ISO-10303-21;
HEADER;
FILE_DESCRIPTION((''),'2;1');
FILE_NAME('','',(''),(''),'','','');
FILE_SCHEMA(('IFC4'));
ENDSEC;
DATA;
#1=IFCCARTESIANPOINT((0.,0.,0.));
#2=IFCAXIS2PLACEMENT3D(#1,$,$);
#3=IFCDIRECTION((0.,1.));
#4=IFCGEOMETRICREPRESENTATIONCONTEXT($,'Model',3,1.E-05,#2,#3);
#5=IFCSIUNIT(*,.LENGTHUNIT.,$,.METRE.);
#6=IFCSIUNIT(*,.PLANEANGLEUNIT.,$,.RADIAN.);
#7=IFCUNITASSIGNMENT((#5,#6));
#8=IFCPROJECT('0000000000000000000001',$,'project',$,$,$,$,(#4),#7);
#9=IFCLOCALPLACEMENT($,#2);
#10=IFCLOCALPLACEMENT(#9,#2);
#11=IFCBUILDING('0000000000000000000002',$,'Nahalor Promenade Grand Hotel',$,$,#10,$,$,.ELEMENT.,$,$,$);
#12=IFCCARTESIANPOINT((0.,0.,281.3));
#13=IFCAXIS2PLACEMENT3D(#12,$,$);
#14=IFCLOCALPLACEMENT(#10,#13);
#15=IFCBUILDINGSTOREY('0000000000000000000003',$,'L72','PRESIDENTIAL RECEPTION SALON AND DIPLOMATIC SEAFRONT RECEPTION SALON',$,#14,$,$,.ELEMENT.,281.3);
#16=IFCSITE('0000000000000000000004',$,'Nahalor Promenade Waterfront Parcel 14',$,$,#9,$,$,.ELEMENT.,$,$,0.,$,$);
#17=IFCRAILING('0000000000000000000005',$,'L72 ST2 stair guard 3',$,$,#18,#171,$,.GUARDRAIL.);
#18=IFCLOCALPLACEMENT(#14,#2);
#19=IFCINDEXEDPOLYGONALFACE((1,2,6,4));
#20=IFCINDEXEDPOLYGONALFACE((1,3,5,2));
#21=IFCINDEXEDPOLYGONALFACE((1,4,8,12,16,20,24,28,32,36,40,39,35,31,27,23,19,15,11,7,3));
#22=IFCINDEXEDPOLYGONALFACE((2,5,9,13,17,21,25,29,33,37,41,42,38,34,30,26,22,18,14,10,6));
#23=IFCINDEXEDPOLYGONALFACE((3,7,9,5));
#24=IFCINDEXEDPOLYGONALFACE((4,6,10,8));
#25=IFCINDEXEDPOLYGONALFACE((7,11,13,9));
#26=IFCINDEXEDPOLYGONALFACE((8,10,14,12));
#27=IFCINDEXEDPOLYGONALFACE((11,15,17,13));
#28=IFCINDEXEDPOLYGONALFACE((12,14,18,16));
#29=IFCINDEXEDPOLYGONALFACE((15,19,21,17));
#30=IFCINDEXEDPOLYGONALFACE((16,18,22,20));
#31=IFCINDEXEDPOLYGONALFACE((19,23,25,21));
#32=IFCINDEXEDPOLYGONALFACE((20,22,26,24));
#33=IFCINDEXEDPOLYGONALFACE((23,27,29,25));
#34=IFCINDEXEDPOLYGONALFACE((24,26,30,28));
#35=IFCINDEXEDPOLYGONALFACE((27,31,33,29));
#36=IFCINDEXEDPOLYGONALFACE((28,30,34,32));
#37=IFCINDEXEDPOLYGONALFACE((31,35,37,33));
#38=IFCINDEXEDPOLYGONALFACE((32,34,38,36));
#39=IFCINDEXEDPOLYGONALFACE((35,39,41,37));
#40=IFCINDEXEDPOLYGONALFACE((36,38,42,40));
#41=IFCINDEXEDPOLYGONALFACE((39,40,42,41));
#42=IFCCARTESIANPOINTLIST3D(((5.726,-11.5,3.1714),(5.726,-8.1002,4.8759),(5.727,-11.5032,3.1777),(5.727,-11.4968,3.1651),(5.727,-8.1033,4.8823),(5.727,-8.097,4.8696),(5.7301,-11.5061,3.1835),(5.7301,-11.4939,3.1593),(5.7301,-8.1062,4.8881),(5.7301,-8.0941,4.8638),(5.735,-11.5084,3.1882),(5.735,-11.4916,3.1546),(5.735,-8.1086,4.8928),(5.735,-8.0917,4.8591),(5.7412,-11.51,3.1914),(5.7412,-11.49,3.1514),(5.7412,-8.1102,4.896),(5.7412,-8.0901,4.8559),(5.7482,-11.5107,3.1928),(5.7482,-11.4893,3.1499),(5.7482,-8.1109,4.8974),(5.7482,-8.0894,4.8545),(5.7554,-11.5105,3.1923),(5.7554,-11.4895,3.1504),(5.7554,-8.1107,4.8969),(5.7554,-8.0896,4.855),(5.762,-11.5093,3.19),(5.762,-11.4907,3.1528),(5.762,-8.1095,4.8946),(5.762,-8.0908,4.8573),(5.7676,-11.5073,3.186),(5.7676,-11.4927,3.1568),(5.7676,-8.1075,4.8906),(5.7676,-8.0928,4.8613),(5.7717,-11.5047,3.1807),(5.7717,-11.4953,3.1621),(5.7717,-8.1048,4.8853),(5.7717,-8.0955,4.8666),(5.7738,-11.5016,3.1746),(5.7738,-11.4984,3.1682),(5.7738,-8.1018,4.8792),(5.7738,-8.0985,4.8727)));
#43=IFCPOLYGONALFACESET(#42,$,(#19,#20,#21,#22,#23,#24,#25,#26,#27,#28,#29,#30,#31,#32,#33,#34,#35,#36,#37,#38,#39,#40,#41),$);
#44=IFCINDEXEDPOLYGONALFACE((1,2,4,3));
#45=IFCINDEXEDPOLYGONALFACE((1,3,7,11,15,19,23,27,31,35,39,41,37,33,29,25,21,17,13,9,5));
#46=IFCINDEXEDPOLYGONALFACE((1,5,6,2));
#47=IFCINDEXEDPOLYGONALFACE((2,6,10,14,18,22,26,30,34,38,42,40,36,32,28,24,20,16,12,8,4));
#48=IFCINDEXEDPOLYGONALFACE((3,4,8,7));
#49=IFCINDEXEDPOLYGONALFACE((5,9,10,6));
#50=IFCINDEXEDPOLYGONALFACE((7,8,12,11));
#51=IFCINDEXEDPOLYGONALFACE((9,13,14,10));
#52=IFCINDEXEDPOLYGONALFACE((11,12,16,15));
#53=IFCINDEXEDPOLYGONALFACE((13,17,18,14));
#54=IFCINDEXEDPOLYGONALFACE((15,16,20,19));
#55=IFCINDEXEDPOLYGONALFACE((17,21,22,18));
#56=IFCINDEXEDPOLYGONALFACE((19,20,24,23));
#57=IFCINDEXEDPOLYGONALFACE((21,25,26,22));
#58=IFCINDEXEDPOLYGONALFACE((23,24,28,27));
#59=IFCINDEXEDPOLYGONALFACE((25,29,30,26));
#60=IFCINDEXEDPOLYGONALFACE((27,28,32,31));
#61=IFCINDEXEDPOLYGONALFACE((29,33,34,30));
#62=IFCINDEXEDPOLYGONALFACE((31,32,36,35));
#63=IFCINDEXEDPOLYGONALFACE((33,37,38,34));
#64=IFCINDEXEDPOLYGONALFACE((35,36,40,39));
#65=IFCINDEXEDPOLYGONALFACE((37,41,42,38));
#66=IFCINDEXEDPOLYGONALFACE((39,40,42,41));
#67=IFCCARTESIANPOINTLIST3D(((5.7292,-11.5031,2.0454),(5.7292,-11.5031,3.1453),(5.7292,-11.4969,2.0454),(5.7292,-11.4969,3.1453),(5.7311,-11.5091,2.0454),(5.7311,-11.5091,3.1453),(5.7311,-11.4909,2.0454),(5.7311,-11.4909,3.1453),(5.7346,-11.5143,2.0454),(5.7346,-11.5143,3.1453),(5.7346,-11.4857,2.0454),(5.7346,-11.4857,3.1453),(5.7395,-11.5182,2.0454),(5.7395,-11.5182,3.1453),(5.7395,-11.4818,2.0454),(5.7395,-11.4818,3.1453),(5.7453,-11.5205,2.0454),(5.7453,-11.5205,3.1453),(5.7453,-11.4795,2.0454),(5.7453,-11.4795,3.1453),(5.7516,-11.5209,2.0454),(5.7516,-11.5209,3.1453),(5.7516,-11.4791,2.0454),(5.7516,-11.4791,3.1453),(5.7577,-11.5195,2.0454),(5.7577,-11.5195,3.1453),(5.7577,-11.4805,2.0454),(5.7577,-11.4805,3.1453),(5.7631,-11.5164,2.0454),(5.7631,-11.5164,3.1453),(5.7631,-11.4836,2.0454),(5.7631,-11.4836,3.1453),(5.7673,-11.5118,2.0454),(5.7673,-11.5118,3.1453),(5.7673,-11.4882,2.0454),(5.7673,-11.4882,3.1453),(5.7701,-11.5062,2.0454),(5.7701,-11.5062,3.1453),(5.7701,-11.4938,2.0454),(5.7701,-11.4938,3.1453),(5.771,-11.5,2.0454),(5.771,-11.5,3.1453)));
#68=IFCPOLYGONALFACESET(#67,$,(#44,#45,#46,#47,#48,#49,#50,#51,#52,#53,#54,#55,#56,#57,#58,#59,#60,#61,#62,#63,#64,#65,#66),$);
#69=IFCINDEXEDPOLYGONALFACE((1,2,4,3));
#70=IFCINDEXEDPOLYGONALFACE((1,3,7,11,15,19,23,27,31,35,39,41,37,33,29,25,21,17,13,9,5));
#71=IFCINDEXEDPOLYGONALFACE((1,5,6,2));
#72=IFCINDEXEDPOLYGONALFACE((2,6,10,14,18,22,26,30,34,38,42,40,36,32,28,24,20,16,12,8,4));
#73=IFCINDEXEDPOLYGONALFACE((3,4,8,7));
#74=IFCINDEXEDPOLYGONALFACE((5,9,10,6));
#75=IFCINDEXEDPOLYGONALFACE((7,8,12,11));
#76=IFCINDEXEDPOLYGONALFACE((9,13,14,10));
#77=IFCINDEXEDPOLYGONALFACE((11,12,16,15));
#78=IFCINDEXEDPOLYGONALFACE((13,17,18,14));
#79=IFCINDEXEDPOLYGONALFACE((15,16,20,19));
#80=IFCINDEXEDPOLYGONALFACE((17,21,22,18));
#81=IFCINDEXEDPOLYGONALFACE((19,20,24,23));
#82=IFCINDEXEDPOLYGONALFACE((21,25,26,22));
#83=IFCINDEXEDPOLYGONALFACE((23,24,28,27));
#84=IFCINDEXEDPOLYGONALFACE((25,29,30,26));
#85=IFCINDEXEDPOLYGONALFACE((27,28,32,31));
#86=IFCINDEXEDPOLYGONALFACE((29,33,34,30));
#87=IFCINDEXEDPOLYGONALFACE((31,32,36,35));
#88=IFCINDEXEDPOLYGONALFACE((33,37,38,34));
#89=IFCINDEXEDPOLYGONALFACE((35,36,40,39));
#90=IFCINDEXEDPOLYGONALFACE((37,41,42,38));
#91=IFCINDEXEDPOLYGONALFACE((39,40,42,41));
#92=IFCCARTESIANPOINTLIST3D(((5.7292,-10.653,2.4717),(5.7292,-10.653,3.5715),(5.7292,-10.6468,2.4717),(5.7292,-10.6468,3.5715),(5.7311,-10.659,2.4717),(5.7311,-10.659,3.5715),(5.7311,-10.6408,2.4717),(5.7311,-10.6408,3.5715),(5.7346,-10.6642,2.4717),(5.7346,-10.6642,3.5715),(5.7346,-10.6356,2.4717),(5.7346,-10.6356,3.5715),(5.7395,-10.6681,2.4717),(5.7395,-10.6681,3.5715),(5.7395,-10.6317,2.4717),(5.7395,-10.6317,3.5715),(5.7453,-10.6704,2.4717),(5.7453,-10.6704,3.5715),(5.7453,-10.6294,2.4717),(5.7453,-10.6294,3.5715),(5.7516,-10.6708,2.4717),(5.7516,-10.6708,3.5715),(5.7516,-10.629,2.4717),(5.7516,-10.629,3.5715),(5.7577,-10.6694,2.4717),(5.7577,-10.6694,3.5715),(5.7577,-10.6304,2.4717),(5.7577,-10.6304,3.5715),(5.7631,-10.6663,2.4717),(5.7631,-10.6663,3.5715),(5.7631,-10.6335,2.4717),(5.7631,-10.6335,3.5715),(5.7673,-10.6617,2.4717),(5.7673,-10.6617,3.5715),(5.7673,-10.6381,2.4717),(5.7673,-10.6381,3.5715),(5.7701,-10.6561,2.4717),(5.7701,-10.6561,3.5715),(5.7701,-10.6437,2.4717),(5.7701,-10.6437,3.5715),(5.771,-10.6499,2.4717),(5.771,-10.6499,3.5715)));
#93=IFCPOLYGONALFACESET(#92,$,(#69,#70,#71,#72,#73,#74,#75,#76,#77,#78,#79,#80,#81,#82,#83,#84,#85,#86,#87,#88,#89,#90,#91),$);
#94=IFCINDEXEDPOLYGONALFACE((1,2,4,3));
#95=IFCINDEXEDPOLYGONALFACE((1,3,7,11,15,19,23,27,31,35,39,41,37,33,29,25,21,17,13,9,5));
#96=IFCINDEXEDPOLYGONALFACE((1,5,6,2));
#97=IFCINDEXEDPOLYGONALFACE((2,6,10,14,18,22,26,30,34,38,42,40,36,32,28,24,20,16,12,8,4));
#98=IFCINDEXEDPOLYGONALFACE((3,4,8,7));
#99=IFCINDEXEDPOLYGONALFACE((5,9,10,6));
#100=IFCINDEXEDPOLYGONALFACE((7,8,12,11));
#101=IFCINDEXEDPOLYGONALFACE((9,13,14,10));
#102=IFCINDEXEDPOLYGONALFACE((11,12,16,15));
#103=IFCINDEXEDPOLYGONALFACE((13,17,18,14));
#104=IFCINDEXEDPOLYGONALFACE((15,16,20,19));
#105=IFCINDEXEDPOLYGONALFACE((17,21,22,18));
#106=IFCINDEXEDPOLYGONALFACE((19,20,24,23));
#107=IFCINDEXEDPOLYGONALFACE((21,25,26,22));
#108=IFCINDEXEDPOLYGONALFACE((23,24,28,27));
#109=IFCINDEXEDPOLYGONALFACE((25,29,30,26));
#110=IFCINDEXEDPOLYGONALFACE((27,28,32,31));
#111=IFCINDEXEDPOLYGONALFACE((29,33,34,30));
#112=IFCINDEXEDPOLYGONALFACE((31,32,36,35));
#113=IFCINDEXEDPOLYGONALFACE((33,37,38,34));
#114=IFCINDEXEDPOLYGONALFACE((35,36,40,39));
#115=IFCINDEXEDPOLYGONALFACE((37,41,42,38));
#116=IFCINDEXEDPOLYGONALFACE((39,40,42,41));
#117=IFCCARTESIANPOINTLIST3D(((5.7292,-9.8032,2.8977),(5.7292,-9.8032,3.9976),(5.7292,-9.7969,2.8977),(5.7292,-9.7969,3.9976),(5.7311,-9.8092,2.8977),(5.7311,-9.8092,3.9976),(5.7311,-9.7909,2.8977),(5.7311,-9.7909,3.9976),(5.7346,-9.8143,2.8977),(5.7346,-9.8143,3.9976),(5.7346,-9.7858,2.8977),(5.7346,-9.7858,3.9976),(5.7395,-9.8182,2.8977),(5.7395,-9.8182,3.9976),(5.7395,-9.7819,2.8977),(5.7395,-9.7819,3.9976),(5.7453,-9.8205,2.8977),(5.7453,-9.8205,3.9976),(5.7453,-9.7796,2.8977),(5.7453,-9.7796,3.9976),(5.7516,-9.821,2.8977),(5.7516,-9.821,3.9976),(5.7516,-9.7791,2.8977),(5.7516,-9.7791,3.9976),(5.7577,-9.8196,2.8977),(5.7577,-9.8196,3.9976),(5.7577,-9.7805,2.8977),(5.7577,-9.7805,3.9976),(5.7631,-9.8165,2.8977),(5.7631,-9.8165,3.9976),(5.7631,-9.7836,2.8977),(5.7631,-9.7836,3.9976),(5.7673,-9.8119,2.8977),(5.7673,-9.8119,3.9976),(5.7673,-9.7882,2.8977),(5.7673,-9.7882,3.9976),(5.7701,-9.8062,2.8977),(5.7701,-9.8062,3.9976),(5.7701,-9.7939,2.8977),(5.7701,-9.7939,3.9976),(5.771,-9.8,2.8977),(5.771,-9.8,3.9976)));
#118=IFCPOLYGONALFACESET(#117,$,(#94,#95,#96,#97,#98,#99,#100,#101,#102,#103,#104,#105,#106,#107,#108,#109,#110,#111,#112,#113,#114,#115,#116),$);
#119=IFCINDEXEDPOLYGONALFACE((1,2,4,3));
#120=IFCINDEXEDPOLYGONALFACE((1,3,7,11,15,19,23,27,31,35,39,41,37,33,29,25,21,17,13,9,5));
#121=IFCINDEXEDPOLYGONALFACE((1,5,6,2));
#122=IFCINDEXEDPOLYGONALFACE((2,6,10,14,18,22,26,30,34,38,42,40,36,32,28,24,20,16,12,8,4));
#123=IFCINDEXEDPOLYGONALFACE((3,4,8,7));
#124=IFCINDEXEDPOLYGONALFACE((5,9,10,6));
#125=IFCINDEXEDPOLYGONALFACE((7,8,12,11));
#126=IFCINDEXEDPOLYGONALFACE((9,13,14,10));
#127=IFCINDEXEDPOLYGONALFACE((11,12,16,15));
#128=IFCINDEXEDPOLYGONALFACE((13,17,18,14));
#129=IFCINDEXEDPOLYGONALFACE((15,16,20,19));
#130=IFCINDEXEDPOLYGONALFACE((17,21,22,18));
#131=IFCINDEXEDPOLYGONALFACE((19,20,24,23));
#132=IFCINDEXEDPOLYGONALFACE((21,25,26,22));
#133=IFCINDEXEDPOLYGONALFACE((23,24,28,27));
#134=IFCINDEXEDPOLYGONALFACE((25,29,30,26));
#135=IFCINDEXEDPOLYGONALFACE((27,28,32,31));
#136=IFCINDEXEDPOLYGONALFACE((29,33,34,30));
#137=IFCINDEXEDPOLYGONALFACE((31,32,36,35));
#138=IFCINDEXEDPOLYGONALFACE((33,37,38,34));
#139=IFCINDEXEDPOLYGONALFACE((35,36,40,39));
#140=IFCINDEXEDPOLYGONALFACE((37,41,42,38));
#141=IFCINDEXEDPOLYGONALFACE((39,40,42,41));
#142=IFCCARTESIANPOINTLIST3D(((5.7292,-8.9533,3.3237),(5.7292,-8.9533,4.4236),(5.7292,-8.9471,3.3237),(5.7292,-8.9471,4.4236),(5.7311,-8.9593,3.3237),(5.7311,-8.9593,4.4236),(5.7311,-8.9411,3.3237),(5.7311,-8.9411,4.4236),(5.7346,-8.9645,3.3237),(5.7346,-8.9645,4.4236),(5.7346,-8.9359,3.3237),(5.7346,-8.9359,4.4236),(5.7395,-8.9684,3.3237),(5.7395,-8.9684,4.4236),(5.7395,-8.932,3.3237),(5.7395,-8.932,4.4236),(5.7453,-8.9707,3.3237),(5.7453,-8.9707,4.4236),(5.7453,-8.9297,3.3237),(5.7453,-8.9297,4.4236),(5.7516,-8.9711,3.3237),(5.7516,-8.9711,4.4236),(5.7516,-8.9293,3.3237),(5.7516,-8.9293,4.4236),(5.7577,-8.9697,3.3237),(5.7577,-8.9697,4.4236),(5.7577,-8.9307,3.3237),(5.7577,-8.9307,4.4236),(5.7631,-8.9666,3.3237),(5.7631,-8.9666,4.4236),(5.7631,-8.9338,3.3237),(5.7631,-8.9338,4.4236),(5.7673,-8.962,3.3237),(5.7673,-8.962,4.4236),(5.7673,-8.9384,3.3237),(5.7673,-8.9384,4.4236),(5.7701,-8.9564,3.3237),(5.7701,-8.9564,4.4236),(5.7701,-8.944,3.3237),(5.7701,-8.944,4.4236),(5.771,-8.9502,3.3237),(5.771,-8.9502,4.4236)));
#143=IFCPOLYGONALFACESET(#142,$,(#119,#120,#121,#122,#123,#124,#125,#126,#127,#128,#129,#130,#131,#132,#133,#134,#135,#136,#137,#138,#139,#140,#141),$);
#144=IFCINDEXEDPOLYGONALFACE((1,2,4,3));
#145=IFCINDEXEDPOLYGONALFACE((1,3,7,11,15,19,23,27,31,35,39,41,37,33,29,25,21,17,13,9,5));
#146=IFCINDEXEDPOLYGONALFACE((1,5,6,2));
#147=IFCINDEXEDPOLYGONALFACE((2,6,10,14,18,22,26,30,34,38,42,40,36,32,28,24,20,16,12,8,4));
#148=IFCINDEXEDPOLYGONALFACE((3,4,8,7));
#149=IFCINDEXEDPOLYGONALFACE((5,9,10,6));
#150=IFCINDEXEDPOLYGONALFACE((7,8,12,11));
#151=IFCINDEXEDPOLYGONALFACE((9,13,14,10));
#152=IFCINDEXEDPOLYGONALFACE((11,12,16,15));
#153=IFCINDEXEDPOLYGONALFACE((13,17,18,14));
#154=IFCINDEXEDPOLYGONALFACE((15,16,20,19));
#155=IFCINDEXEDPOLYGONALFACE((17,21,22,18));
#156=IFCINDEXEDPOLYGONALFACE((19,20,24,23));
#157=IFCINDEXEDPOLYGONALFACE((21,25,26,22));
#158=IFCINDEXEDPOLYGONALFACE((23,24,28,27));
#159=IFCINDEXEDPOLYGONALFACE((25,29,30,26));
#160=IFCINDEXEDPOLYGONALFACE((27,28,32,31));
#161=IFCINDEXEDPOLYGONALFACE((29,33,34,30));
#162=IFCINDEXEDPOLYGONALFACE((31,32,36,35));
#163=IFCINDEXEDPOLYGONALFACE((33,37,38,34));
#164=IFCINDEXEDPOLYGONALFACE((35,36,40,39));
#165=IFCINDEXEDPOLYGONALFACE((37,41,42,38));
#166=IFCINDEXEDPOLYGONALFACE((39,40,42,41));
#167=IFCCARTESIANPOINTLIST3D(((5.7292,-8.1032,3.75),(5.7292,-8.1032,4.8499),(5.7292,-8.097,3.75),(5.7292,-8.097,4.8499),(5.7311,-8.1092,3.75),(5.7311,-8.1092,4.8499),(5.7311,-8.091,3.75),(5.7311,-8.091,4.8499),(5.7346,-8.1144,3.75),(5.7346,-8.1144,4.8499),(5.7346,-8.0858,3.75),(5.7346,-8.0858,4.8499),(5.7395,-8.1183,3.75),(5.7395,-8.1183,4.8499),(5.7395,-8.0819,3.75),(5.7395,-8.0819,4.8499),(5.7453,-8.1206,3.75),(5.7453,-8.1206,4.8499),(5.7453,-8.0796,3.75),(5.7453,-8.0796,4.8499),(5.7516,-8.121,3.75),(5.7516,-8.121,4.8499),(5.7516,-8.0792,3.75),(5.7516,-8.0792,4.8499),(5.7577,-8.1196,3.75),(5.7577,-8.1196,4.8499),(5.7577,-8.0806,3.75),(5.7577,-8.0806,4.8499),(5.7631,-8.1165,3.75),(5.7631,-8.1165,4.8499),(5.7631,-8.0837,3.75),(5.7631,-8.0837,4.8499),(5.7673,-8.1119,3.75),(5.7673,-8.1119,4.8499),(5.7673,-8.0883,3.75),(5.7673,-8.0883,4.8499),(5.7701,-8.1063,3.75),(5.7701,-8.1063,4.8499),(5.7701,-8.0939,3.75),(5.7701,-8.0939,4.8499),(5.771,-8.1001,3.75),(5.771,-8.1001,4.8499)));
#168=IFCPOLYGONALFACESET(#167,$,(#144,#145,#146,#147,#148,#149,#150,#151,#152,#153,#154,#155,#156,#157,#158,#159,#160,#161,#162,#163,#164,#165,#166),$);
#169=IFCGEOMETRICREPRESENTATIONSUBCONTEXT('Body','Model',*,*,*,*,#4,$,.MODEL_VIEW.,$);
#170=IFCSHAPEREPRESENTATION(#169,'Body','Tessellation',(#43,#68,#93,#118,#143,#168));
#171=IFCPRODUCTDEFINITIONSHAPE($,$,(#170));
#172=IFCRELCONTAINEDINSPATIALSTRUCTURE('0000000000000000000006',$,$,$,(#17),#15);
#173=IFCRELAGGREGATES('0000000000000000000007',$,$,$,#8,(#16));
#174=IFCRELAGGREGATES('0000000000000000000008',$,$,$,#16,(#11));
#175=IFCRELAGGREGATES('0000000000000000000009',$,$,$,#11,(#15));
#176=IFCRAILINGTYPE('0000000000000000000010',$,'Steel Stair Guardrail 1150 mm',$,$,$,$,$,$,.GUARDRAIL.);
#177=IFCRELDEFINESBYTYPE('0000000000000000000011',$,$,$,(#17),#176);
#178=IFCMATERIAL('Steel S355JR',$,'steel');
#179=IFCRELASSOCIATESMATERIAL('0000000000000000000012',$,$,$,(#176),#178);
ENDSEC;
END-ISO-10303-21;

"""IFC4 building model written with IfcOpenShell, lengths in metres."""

from ifc_helpers import new_model, si_unit, direction, frame, origin, origin_2d, place, context, subcontext, project, spatial, circle, extrude, material, type_object, element, save


model = new_model("IFC4")

# Units and contexts
model_context = context("Model", 3, precision=1e-05, world=origin(), true_north=direction((0.0, 1.0)))
body_context = subcontext(model_context, "Body", "Model", "MODEL_VIEW")
ifc_project = project(units=[si_unit("LENGTHUNIT", "METRE"), si_unit("PLANEANGLEUNIT", "RADIAN")], contexts=[model_context])

# Site, building, storey
site_placement = place(None, origin())
site = spatial("IfcSite", under=ifc_project, at=site_placement, Name="Nahalor Promenade Waterfront Parcel 14", CompositionType="ELEMENT", RefElevation=0.0)
building_placement = place(site_placement, origin())
building = spatial("IfcBuilding", under=site, at=building_placement, Name="Nahalor Promenade Grand Hotel", CompositionType="ELEMENT")
storey_placement = place(building_placement, frame((0.0, 0.0, 281.3)))
storey = spatial("IfcBuildingStorey", under=building, at=storey_placement, Name="L72", Description="PRESIDENTIAL RECEPTION SALON AND DIPLOMATIC SEAFRONT RECEPTION SALON", CompositionType="ELEMENT", Elevation=281.3)

# Shared definitions
ifc_material_1 = material(Name="Steel S355JR", Category="steel")

# Railing
railing_type_1 = type_object("IfcRailingType", Name="Steel Stair Guardrail 1150 mm", PredefinedType="GUARDRAIL", material=ifc_material_1)
railing_1_placement = place(storey_placement, frame((5.75, -11.5, 2.0454)))
element("IfcRailing", 1, at=railing_1_placement, inside=storey, type_object=railing_type_1, Name="L72 ST2 stair guard 3", PredefinedType="GUARDRAIL", context=body_context, shape_type="SweptSolid", body=[
    extrude(circle(Radius=0.024, at=origin_2d()), frame((0.0, 0.0, 1.126), z_axis=(0.0, 0.893939, 0.448189), x_axis=(-1.0, 0.0, 0.0)), (0.0, 0.0, 1.0), 3.8032),
    extrude(circle(Radius=0.021, at=origin_2d()), origin(), (0.0, 0.0, 1.0), 1.0999),
    extrude(circle(Radius=0.021, at=origin_2d()), frame((0.0, 0.8501, 0.4263)), (0.0, 0.0, 1.0), 1.0999),
    extrude(circle(Radius=0.021, at=origin_2d()), frame((0.0, 1.7, 0.8523)), (0.0, 0.0, 1.0), 1.0999),
    extrude(circle(Radius=0.021, at=origin_2d()), frame((0.0, 2.5498, 1.2783)), (0.0, 0.0, 1.0), 1.0999),
    extrude(circle(Radius=0.021, at=origin_2d()), frame((0.0, 3.3999, 1.7046)), (0.0, 0.0, 1.0), 1.0999),
])

save(model, "model.ifc")
